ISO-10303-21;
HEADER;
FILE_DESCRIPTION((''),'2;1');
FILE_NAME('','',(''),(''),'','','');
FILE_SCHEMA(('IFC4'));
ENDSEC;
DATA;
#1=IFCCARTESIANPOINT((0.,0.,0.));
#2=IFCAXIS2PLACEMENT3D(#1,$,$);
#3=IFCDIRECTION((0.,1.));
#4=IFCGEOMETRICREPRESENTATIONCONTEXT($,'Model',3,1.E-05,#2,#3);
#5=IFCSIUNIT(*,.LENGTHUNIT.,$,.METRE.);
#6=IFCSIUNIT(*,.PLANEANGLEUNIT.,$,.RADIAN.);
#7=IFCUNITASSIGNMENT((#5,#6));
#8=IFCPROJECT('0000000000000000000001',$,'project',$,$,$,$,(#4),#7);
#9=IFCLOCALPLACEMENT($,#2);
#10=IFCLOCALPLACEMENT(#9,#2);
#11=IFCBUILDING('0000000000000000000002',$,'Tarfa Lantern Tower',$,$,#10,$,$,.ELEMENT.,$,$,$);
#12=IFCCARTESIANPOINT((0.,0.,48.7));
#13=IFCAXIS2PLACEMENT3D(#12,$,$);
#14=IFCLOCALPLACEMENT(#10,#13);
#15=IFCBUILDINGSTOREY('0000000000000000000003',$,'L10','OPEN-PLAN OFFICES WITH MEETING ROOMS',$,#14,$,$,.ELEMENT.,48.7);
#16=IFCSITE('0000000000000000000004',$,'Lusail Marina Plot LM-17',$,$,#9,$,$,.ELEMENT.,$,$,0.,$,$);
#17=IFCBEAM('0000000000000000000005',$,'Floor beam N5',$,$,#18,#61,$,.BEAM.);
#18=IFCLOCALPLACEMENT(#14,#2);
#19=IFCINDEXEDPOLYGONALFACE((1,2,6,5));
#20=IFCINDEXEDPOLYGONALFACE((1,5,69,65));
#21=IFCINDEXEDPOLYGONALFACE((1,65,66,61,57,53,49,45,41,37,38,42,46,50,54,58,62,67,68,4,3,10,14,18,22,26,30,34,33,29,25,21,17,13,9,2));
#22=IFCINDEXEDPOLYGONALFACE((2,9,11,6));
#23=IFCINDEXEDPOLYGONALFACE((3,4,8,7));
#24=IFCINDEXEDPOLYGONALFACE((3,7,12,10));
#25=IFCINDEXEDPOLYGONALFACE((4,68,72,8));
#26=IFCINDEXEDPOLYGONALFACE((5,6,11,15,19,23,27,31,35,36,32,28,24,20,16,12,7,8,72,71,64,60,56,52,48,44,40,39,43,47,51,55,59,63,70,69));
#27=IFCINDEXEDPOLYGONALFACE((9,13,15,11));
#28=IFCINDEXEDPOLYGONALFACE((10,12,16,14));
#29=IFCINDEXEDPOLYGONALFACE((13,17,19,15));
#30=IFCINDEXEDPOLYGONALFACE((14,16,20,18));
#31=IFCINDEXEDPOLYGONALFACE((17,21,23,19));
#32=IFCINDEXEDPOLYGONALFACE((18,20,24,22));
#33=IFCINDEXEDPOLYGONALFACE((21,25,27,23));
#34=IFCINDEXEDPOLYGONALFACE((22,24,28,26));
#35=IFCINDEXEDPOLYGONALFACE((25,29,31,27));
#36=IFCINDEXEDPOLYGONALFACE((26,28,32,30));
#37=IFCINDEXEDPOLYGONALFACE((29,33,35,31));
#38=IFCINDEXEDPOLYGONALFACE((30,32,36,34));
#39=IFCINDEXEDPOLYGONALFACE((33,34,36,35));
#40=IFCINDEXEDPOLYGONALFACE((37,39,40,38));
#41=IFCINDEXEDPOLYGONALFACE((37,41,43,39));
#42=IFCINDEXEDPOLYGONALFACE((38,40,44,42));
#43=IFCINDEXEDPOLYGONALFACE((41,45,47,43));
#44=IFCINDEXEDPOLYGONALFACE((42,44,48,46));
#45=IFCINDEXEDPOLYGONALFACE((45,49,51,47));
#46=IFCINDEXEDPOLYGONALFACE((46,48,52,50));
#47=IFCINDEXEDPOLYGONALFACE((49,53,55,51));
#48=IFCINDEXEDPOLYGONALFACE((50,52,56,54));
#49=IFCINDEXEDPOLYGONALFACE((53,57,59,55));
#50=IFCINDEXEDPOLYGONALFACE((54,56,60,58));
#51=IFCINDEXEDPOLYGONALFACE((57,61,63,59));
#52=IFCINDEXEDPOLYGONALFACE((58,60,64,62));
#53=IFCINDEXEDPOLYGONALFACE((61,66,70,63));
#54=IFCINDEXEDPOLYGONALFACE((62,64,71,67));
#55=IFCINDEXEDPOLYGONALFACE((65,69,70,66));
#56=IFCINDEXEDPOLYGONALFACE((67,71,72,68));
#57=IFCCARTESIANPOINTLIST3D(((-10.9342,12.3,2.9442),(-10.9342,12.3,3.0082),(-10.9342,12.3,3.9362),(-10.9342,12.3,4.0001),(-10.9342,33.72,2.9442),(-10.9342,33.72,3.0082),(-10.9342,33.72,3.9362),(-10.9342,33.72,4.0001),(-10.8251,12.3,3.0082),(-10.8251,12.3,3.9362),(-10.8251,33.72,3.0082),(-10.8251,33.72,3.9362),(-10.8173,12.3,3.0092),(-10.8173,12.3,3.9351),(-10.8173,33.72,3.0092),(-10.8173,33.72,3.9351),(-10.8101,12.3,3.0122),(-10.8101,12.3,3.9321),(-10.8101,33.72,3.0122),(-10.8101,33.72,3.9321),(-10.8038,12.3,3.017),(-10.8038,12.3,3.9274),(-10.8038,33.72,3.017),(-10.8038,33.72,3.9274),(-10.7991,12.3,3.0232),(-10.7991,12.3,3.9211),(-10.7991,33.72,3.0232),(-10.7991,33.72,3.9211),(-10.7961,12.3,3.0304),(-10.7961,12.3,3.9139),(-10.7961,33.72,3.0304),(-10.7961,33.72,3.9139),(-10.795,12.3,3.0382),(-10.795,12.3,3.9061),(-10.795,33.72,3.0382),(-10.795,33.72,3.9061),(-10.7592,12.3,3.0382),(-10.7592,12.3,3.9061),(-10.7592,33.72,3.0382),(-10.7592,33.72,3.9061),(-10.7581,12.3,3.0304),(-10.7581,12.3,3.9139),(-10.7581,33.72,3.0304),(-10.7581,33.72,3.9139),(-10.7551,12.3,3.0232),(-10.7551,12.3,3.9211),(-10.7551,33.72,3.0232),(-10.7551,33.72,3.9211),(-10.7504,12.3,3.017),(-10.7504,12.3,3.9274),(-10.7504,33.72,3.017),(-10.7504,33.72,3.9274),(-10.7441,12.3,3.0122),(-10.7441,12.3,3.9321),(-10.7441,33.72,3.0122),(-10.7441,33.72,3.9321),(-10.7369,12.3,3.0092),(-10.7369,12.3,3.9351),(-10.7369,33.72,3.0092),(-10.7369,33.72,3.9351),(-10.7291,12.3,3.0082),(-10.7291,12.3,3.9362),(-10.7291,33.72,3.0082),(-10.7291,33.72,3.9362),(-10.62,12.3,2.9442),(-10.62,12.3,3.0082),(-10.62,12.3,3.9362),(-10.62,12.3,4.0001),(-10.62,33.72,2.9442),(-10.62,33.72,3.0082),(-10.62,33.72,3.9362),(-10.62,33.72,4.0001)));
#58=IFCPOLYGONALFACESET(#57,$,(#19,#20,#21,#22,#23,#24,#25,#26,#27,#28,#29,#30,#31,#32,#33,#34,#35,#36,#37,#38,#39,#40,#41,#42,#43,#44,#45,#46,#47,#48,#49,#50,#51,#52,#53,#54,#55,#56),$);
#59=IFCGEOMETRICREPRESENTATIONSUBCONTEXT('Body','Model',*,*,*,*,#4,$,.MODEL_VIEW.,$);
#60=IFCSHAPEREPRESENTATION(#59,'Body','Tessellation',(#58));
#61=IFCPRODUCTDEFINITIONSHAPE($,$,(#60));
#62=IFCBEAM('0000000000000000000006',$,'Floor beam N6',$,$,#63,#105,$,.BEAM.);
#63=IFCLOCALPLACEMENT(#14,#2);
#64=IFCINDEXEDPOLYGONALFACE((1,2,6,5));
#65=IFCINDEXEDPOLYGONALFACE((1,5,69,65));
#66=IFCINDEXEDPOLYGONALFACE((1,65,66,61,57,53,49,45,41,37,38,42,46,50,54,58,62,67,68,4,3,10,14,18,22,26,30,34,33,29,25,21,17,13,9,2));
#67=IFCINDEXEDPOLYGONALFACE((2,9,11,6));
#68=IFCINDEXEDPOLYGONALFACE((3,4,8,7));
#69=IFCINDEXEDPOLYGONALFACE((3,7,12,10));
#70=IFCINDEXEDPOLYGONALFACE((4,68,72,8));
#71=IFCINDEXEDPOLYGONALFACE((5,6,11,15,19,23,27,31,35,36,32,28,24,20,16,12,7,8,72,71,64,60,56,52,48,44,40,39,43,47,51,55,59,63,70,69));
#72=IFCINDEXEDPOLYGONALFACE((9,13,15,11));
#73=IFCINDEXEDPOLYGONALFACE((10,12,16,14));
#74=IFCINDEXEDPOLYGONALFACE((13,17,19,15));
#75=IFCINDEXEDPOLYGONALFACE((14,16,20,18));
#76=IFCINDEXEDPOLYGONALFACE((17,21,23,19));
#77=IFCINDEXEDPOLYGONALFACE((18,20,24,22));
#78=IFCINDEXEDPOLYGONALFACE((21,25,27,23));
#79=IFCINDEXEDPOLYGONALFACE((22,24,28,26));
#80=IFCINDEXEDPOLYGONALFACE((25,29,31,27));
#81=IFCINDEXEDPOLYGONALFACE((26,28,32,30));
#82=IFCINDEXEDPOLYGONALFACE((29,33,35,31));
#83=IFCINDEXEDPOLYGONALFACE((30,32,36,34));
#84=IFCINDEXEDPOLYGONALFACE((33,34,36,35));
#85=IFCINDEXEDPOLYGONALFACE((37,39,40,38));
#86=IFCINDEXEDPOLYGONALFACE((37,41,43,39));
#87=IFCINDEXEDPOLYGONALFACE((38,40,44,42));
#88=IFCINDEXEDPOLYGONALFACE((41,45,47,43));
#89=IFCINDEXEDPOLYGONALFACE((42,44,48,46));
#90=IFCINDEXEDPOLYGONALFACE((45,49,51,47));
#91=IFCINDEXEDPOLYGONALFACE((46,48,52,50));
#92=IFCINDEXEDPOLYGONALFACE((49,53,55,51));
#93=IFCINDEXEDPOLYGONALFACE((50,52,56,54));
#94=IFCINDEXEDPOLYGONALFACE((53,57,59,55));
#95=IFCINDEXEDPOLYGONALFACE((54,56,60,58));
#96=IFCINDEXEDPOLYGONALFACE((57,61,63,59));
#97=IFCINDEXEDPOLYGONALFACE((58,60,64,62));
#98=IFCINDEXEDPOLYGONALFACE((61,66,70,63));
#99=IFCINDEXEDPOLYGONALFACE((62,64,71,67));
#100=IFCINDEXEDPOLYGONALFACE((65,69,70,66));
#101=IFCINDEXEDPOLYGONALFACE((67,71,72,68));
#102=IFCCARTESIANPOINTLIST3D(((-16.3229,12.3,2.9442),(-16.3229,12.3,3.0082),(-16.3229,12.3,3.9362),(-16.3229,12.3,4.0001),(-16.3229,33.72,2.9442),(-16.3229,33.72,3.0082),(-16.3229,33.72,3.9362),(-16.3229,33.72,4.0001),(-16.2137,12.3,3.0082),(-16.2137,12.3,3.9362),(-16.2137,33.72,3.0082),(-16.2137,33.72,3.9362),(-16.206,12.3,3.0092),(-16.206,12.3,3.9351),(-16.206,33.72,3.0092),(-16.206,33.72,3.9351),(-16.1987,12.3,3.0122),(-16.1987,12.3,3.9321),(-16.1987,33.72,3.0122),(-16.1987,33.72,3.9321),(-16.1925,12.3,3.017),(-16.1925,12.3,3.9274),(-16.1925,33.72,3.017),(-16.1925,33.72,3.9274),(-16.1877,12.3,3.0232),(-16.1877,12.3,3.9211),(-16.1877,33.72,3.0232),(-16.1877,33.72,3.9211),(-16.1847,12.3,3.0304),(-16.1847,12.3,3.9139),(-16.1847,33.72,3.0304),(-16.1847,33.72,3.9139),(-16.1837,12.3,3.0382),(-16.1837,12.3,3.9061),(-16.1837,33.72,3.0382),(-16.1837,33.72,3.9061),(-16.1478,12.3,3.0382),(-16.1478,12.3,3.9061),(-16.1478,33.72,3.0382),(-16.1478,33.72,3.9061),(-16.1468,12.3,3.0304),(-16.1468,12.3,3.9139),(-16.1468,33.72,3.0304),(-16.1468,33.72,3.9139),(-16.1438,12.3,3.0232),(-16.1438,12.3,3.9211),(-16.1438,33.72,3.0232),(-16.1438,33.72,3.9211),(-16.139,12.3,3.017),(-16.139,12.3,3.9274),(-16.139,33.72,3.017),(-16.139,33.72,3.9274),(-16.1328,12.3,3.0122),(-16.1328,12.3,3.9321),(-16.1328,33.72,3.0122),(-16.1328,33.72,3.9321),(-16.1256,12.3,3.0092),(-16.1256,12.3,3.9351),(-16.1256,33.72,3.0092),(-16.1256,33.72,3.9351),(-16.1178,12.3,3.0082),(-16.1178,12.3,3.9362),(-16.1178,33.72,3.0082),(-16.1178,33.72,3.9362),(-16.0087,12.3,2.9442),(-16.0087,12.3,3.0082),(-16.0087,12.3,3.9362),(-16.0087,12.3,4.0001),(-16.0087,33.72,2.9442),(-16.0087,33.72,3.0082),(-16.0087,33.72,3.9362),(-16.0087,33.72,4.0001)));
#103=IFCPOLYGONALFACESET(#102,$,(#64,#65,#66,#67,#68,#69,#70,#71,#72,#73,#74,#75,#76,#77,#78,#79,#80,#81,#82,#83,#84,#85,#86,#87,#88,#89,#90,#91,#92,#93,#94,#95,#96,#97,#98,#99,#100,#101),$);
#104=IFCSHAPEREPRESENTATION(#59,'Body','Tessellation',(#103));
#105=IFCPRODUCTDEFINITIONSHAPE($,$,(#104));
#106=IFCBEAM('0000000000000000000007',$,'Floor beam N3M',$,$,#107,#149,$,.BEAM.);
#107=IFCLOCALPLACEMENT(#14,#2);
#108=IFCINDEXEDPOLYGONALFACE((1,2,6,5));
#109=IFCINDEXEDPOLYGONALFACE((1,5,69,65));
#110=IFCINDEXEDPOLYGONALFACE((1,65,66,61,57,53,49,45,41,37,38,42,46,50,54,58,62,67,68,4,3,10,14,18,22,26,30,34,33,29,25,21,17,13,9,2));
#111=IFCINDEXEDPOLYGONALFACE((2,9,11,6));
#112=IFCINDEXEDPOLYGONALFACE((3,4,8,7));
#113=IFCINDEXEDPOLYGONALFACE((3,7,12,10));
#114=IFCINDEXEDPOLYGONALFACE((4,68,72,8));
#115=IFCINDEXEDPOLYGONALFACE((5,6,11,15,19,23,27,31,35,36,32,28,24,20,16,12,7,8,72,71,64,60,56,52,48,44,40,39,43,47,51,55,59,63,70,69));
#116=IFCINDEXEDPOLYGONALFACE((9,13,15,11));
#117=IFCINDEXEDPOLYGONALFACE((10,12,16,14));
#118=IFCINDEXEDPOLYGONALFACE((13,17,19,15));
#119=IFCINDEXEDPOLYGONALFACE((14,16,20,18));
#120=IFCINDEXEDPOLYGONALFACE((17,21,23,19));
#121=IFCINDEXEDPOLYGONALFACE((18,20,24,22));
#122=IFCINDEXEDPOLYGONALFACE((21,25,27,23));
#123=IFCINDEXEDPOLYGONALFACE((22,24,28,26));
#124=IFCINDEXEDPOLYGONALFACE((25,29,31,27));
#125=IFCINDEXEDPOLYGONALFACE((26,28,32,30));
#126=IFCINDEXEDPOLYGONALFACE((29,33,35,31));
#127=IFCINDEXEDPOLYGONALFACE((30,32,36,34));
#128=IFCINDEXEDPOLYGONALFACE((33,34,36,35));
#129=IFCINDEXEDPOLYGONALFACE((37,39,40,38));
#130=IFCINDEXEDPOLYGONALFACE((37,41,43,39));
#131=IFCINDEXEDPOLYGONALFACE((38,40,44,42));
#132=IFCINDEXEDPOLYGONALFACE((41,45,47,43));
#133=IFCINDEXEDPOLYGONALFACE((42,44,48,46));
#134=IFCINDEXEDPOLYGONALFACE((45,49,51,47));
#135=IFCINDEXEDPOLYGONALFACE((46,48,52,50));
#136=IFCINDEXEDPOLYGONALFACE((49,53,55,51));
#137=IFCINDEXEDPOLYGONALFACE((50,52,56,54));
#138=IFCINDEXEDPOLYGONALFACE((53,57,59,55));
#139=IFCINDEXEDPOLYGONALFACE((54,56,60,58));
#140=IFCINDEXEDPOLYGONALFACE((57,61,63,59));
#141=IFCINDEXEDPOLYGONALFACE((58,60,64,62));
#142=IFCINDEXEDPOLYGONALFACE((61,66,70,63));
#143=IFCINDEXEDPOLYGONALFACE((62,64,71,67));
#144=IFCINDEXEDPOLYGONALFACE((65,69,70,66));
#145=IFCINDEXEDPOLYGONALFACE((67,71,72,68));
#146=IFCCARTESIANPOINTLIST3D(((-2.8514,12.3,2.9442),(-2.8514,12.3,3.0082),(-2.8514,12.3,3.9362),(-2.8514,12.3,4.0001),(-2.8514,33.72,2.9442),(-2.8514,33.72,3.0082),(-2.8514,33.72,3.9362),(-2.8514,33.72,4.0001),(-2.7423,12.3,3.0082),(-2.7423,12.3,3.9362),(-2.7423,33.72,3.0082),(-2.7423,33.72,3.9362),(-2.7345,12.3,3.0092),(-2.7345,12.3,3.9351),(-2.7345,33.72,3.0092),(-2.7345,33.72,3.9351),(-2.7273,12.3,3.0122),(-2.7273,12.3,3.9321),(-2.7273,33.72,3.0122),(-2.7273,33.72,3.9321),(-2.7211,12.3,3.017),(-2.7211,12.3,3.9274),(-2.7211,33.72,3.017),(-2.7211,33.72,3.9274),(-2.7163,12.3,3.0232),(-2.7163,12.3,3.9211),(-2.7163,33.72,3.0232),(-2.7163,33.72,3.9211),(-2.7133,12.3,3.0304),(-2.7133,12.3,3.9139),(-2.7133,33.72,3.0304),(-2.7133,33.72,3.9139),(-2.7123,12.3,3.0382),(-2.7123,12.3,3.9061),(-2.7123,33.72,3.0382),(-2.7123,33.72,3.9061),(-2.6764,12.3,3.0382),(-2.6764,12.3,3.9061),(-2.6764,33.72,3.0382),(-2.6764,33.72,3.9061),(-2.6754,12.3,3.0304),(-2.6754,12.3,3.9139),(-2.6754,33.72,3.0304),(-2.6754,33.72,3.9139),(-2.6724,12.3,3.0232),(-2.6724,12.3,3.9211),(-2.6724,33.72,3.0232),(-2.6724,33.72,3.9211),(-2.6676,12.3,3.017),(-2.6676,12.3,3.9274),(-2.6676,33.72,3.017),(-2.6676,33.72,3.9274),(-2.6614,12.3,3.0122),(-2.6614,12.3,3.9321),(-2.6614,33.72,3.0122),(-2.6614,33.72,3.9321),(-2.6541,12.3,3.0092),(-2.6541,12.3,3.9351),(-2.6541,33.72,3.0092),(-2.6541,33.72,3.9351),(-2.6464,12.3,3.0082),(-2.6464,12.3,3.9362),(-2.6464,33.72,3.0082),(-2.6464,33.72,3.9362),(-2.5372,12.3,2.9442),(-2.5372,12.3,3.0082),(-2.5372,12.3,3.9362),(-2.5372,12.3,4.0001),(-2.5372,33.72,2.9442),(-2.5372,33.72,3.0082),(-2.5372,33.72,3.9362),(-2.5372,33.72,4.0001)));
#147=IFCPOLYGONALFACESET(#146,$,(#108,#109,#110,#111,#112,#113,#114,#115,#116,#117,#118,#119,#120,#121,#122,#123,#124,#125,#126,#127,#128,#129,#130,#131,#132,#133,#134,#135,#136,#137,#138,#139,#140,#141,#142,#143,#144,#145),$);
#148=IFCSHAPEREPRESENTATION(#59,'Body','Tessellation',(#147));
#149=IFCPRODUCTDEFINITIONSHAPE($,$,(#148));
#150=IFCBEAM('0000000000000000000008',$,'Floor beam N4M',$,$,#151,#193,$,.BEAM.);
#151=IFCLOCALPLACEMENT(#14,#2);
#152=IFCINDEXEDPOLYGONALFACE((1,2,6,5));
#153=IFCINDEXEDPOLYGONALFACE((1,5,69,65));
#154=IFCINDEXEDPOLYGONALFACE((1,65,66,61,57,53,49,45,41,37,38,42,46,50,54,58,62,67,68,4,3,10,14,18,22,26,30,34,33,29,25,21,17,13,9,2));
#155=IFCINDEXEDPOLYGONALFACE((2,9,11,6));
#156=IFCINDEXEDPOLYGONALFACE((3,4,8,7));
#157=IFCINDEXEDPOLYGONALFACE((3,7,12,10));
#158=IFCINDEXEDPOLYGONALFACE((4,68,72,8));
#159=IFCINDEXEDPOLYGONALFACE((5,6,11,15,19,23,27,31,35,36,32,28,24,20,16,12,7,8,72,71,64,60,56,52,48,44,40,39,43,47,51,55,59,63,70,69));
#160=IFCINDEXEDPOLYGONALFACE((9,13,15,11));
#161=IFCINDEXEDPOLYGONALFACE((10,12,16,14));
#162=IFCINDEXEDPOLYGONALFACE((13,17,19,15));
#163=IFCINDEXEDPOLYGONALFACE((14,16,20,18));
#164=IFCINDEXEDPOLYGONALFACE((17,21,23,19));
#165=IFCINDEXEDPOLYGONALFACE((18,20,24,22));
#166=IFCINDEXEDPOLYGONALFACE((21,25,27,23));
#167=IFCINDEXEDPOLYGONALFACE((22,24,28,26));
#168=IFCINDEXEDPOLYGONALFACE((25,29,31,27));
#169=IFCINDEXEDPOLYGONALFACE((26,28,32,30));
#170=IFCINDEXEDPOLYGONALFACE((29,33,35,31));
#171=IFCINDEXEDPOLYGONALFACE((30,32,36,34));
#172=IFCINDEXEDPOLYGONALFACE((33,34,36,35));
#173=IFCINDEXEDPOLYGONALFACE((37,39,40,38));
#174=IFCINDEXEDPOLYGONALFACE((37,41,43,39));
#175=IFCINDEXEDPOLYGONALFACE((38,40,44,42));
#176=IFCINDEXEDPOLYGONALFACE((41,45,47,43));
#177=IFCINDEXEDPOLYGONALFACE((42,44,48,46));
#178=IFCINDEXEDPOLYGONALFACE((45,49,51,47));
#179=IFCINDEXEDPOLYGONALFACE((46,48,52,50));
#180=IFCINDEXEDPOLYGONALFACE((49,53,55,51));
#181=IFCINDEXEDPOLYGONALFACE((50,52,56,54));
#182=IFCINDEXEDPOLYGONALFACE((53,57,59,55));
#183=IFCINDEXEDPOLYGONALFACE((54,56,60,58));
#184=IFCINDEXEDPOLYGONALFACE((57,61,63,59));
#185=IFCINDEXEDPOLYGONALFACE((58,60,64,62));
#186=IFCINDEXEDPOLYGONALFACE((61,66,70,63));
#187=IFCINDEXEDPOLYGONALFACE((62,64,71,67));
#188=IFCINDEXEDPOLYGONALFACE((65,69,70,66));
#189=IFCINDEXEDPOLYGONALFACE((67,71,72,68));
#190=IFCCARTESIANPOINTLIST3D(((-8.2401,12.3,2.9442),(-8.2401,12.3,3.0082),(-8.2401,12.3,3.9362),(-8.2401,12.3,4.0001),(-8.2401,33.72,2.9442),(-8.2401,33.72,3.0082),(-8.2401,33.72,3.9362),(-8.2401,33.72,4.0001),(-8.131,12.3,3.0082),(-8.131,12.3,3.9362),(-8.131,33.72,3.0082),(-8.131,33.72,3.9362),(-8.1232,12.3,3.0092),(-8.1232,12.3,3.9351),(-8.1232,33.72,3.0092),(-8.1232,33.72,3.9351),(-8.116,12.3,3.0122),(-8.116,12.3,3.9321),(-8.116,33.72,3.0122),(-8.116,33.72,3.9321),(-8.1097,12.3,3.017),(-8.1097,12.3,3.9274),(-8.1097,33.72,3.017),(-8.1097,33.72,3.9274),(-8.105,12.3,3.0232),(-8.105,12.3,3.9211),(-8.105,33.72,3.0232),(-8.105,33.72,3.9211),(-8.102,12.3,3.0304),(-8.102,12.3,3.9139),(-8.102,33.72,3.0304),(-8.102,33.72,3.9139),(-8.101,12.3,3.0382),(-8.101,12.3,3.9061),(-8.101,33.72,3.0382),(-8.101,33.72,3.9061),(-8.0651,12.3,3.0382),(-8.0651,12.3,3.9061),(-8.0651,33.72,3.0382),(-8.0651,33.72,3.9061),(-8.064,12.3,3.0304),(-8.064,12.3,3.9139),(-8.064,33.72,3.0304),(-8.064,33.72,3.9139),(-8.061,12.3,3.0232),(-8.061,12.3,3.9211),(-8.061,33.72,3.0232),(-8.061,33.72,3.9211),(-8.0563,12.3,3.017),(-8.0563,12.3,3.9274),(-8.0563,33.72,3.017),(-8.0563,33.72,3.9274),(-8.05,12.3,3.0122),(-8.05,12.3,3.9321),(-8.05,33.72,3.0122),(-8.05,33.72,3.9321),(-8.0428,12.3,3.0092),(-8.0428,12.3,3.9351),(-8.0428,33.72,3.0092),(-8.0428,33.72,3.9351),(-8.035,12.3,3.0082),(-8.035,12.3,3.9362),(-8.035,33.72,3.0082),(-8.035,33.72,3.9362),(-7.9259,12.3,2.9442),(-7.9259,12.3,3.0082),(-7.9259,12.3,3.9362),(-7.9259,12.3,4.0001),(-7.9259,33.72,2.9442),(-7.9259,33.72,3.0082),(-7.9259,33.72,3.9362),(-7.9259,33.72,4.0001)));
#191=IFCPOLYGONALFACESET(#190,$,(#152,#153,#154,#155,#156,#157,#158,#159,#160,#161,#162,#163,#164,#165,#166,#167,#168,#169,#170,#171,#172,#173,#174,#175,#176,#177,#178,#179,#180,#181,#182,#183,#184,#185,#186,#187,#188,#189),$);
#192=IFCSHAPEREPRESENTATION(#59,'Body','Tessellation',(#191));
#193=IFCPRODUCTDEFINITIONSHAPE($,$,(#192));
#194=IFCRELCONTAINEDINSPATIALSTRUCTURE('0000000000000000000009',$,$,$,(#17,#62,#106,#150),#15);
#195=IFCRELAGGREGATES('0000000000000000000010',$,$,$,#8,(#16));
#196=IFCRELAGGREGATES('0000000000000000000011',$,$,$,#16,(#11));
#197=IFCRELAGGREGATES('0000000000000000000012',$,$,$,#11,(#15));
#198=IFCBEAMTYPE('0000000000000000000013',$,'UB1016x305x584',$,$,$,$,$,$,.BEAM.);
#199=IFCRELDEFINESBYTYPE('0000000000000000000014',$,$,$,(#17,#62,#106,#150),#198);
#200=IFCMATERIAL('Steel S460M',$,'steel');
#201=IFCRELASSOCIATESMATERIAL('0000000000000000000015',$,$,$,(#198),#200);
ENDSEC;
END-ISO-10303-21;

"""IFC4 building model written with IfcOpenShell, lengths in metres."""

from ifc_helpers import new_model, si_unit, direction, frame, origin, origin_2d, place, context, subcontext, project, spatial, i_section, extrude, material, material_profile, profile_set, type_object, element, save


model = new_model("IFC4")

# Units and contexts
model_context = context("Model", 3, precision=1e-05, world=origin(), true_north=direction((0.0, 1.0)))
body_context = subcontext(model_context, "Body", "Model", "MODEL_VIEW")
ifc_project = project(units=[si_unit("LENGTHUNIT", "METRE"), si_unit("PLANEANGLEUNIT", "RADIAN")], contexts=[model_context])

# Site, building, storey
site_placement = place(None, origin())
site = spatial("IfcSite", under=ifc_project, at=site_placement, Name="Lusail Marina Plot LM-17", CompositionType="ELEMENT", RefElevation=0.0)
building_placement = place(site_placement, origin())
building = spatial("IfcBuilding", under=site, at=building_placement, Name="Tarfa Lantern Tower", CompositionType="ELEMENT")
storey_placement = place(building_placement, frame((0.0, 0.0, 48.7)))
storey = spatial("IfcBuildingStorey", under=building, at=storey_placement, Name="L10", Description="OPEN-PLAN OFFICES WITH MEETING ROOMS", CompositionType="ELEMENT", Elevation=48.7)

# Beams
ifc_material_1 = material(Name="Steel S460M", Category="steel")
ifc_material_profile_1 = material_profile(ifc_material_1, i_section(OverallWidth=0.3142, OverallDepth=1.0559, WebThickness=0.0359, FlangeThickness=0.064, FilletRadius=0.03, at=origin_2d()), Name="UB1016x305x584")
ifc_profile_set_1 = profile_set([ifc_material_profile_1], Name="Steel S460M")
beam_type_1 = type_object("IfcBeamType", Name="UB1016x305x584", PredefinedType="BEAM", material=ifc_profile_set_1)
for number, where, z_axis, x_axis, name in (
    (1, (-10.7771, 33.72, 3.4722), (0.0, -1.0, 0.0), (1.0, 0.0, 0.0), "Floor beam N5"),
    (2, (-16.1658, 33.72, 3.4722), (0.0, -1.0, 0.0), (1.0, 0.0, 0.0), "Floor beam N6"),
    (3, (-2.6943, 33.72, 3.4722), (0.0, -1.0, 0.0), (1.0, 0.0, 0.0), "Floor beam N3M"),
    (4, (-8.083, 33.72, 3.4722), (0.0, -1.0, 0.0), (1.0, 0.0, 0.0), "Floor beam N4M"),
):
    element("IfcBeam", number, at=place(storey_placement, frame(where, z_axis=z_axis, x_axis=x_axis)), inside=storey, type_object=beam_type_1, Name=name, PredefinedType="BEAM", context=body_context, shape_type="SweptSolid", body=[
        extrude(i_section(OverallWidth=0.3142, OverallDepth=1.0559, WebThickness=0.0359, FlangeThickness=0.064, FilletRadius=0.03, at=origin_2d()), origin(), (0.0, 0.0, 1.0), 21.4199),
    ])

save(model, "model.ifc")
